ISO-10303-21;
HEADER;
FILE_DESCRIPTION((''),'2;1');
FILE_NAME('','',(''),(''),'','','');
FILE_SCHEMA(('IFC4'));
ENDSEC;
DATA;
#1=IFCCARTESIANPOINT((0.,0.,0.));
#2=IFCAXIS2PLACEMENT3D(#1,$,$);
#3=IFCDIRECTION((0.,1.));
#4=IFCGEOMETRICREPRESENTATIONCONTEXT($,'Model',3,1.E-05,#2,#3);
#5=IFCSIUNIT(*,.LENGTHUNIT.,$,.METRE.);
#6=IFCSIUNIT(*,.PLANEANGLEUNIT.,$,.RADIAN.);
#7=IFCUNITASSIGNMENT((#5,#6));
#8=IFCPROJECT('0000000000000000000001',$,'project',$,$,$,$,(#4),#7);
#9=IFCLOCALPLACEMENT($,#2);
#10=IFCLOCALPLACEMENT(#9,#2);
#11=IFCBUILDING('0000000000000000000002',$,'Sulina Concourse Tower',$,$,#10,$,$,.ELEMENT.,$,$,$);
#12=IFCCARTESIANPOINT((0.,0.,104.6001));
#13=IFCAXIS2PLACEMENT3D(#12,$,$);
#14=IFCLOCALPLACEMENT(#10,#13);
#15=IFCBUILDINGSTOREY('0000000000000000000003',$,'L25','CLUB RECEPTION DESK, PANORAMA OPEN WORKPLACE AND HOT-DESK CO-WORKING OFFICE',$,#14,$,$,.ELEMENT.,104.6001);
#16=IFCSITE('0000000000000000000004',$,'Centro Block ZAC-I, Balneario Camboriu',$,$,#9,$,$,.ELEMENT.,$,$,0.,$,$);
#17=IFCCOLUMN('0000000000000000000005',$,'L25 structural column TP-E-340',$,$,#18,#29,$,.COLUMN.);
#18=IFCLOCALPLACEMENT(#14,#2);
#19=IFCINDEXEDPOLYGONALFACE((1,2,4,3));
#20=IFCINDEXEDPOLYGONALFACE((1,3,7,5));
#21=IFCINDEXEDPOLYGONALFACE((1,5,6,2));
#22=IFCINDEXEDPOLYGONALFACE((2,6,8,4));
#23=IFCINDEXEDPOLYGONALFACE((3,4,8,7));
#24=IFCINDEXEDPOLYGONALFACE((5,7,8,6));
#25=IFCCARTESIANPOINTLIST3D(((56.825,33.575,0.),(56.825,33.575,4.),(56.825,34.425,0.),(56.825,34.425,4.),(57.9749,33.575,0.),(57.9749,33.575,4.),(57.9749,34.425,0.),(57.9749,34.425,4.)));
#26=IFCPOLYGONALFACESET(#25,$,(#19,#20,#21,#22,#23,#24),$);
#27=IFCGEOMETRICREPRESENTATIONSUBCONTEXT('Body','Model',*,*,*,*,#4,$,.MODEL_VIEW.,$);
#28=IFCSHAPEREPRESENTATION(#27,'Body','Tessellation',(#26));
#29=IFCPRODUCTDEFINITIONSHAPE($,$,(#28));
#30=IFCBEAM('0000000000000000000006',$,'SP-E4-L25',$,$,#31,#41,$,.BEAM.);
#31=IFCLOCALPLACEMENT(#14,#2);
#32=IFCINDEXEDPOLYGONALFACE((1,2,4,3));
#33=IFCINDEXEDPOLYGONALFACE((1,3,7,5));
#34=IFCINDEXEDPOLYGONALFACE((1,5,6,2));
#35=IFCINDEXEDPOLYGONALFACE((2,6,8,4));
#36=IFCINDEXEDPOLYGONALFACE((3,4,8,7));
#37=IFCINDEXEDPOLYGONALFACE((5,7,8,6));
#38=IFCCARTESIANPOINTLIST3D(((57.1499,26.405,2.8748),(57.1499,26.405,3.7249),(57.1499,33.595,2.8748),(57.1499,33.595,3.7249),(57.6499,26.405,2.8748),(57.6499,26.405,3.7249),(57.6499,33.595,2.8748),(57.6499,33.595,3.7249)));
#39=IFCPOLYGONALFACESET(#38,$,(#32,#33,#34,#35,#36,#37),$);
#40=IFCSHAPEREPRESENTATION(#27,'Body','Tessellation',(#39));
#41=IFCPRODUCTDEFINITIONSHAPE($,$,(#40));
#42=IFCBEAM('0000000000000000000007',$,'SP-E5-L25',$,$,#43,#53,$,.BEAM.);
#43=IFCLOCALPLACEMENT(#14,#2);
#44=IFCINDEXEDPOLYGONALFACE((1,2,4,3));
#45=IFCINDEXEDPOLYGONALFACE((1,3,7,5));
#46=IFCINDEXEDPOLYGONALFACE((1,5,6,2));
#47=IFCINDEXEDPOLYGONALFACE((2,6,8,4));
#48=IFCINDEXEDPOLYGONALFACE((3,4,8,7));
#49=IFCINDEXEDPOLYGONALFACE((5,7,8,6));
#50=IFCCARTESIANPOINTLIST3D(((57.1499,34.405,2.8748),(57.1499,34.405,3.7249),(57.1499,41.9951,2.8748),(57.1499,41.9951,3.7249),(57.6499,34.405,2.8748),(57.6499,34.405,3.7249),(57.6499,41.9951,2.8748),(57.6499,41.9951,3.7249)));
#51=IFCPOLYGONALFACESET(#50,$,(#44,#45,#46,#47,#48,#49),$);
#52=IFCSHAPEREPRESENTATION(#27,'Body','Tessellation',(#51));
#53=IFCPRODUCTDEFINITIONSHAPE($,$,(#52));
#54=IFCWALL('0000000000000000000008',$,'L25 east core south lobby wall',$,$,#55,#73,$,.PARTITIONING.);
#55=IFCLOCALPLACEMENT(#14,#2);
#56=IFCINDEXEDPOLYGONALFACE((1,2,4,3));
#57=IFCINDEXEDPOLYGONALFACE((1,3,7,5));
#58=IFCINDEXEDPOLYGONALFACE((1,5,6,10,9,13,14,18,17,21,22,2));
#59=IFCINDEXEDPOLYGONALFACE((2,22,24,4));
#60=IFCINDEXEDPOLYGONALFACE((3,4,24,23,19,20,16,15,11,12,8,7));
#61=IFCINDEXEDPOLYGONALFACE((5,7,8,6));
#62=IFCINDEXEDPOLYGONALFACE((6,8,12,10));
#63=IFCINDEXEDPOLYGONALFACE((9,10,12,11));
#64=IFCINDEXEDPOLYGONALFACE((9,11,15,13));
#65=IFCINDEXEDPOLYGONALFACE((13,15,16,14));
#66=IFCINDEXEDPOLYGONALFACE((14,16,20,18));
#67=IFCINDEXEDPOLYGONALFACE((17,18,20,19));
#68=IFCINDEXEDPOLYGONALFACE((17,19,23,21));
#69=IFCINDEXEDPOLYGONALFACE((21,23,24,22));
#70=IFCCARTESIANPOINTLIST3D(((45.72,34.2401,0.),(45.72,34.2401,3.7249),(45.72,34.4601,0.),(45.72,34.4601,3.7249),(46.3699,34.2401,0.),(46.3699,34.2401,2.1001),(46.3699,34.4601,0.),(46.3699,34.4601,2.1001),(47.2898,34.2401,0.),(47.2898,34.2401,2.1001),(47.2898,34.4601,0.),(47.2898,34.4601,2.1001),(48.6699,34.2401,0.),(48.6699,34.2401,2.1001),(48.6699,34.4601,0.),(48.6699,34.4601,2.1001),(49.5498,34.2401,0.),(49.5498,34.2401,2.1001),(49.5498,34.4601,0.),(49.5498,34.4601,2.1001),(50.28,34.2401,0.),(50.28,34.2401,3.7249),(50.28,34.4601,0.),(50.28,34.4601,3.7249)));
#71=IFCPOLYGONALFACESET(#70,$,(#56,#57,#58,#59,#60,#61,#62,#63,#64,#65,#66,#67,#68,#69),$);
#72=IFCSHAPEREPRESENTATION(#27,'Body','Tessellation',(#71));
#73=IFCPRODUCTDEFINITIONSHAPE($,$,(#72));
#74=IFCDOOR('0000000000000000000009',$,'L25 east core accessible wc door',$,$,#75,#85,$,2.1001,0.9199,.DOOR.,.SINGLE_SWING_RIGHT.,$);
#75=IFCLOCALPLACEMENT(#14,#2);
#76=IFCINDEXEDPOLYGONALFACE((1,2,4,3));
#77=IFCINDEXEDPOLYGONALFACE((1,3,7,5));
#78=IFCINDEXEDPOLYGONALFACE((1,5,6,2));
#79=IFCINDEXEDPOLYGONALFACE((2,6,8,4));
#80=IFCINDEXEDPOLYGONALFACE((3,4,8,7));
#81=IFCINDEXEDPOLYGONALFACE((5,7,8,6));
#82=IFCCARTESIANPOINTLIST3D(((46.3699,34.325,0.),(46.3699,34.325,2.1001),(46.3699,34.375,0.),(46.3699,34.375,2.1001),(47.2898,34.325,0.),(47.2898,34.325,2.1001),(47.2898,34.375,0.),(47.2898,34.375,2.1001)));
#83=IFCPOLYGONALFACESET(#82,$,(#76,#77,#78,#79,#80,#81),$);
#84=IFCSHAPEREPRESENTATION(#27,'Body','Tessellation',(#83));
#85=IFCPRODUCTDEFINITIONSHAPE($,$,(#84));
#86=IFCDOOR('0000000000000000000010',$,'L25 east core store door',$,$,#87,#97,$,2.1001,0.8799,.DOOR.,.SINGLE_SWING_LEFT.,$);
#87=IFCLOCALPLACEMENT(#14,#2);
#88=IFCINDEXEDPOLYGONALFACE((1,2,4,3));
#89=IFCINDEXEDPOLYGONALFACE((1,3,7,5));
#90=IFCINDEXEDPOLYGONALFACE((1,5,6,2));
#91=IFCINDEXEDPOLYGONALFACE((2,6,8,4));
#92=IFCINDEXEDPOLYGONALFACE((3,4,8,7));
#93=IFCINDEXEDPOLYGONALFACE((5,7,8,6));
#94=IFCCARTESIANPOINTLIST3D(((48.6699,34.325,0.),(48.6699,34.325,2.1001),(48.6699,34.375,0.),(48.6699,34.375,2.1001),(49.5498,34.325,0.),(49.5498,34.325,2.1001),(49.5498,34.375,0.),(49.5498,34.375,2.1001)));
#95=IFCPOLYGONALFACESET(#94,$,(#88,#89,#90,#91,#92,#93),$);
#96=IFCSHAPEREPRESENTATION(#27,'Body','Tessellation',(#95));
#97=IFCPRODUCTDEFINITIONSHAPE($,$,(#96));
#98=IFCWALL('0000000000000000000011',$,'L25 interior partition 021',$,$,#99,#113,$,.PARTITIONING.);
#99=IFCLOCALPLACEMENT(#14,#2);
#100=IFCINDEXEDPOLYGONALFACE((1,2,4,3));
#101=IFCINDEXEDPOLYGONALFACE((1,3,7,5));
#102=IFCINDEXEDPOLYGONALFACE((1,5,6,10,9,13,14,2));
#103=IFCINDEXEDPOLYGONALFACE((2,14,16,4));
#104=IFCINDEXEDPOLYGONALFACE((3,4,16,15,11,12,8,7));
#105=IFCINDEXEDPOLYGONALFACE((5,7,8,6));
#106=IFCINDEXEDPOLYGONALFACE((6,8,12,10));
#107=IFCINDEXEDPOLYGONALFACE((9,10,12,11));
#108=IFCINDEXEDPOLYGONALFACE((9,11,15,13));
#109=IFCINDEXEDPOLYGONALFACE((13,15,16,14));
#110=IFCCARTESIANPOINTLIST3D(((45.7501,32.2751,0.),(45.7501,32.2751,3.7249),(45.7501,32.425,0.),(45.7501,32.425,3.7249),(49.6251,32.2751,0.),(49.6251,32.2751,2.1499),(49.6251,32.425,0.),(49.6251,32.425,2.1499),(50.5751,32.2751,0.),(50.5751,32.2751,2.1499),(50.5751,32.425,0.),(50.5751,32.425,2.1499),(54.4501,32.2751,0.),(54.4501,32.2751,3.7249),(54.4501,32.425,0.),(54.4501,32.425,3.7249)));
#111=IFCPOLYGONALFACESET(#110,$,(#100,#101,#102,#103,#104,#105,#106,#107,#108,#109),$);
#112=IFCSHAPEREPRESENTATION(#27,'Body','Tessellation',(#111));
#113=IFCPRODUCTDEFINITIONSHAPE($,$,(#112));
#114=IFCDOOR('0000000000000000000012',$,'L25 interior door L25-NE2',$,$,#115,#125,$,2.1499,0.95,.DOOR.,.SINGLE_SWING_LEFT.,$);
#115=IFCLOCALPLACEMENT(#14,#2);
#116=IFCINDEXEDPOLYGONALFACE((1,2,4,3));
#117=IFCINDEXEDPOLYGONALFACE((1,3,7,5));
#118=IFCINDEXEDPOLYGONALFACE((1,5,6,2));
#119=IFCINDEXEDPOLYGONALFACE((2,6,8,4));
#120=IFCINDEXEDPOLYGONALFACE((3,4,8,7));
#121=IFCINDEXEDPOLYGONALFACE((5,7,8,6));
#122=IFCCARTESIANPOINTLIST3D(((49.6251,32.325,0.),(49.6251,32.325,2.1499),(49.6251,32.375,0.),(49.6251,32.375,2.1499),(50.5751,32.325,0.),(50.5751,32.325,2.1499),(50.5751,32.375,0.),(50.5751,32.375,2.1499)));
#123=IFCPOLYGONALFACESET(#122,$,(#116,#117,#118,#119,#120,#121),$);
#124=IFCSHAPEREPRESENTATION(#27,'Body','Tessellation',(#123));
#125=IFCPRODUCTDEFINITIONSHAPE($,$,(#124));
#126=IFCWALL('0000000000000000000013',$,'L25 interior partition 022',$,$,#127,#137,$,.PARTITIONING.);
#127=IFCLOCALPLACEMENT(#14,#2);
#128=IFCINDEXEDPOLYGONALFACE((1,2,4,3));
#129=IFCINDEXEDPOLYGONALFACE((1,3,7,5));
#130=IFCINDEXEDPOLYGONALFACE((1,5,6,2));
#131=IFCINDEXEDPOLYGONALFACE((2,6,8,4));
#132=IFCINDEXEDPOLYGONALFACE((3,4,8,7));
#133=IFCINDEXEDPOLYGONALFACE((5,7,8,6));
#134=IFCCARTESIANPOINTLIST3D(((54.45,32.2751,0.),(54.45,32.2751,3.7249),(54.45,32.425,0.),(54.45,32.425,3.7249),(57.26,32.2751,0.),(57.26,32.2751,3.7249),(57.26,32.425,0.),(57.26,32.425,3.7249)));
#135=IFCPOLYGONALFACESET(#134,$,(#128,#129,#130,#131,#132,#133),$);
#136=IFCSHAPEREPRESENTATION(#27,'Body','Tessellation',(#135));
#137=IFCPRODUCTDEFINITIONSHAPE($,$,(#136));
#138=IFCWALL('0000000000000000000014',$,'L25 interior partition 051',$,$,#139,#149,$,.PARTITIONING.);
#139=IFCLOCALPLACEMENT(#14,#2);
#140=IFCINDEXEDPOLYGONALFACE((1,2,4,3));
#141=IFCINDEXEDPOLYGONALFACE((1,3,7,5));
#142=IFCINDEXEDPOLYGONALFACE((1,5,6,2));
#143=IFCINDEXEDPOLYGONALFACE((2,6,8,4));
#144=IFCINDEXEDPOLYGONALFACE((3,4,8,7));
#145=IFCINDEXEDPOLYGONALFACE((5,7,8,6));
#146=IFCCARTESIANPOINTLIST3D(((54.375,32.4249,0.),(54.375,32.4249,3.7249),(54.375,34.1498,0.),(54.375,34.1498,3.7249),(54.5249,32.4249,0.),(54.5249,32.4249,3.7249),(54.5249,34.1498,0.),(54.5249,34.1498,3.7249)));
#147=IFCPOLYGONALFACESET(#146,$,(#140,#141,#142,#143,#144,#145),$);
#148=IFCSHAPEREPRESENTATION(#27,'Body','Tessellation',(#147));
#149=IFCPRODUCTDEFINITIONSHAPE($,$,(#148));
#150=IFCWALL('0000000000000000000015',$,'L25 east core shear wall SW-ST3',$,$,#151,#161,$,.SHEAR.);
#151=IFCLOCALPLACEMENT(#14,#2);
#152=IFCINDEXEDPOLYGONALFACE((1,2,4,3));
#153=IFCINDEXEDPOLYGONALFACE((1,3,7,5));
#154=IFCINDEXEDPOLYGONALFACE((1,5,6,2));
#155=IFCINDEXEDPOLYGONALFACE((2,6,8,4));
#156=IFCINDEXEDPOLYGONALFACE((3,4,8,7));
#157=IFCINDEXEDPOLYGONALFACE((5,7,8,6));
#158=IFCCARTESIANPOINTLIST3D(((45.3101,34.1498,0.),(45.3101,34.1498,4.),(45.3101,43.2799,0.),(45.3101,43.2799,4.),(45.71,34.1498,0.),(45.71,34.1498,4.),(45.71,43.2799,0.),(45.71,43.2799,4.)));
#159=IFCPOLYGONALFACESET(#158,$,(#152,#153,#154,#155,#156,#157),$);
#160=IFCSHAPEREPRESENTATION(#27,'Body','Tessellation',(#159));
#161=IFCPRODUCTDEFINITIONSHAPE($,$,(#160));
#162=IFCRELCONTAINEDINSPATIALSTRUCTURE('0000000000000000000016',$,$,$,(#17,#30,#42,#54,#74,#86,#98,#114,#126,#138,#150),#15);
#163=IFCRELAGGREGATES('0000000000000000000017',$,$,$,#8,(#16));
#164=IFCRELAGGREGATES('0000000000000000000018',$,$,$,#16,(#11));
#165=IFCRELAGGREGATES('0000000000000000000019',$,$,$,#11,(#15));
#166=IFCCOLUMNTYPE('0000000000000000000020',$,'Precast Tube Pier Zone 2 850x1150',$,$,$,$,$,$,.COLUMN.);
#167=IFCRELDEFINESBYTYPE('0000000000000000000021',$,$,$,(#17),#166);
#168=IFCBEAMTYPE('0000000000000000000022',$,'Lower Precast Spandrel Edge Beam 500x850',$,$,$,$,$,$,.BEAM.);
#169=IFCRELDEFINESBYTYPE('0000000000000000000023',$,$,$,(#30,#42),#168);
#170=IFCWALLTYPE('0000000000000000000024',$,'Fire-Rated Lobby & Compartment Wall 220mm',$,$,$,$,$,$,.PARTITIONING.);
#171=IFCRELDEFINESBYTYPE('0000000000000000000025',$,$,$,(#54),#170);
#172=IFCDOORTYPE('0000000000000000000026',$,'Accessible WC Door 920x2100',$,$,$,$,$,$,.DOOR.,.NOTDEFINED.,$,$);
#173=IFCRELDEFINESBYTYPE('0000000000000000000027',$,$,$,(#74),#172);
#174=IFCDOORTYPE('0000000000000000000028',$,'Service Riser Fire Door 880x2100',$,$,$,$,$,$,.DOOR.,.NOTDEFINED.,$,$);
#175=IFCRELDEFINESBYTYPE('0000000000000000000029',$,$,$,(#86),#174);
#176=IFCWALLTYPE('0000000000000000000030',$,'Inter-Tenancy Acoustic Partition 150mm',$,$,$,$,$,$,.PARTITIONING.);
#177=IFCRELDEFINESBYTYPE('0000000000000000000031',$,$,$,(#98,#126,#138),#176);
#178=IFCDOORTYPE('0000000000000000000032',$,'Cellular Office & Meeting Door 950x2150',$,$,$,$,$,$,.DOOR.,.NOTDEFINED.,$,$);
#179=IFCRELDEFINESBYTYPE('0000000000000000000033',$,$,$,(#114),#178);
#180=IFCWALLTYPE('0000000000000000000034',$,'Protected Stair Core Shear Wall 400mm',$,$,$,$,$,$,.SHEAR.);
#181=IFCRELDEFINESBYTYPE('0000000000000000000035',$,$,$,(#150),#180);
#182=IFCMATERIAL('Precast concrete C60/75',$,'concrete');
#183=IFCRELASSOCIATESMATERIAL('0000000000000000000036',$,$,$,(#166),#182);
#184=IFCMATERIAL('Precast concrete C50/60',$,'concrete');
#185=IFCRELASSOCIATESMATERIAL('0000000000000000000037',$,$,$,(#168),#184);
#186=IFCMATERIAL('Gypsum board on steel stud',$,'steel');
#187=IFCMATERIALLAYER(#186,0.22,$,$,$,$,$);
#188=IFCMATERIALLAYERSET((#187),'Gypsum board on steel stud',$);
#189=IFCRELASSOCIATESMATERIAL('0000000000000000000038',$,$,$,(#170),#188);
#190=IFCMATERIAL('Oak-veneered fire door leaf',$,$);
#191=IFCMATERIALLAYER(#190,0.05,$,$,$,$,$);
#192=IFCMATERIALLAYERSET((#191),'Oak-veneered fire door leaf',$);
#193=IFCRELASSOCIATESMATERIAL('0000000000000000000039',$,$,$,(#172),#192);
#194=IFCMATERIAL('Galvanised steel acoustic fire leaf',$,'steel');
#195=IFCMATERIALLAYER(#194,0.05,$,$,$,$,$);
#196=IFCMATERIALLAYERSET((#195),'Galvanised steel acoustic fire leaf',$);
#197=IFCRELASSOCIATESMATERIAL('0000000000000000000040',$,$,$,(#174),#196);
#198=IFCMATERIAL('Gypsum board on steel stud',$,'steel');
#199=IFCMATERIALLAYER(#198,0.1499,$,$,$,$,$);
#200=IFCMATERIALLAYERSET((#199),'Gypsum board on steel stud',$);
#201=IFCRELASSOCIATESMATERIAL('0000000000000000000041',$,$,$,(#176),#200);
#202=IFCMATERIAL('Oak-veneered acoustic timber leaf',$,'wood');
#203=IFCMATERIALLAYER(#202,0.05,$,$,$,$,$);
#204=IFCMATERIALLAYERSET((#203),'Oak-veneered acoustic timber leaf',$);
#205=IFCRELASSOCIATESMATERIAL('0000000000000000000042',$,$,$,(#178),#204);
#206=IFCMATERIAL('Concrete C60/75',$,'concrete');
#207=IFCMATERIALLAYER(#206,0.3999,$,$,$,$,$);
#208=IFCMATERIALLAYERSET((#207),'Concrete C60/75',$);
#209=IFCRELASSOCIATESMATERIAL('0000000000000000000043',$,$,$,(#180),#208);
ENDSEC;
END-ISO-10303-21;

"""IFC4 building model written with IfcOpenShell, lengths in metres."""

from ifc_helpers import new_model, si_unit, direction, frame, frame_2d, origin, origin_2d, place, context, subcontext, project, spatial, rectangle, extrude, material, layer, layer_set, material_profile, profile_set, type_object, element, fill, save


model = new_model("IFC4")

# Units and contexts
model_context = context("Model", 3, precision=1e-05, world=origin(), true_north=direction((0.0, 1.0)))
body_context = subcontext(model_context, "Body", "Model", "MODEL_VIEW")
ifc_project = project(units=[si_unit("LENGTHUNIT", "METRE"), si_unit("PLANEANGLEUNIT", "RADIAN")], contexts=[model_context])

# Site, building, storey
site_placement = place(None, origin())
site = spatial("IfcSite", under=ifc_project, at=site_placement, Name="Centro Block ZAC-I, Balneario Camboriu", CompositionType="ELEMENT", RefElevation=0.0)
building_placement = place(site_placement, origin())
building = spatial("IfcBuilding", under=site, at=building_placement, Name="Sulina Concourse Tower", CompositionType="ELEMENT")
storey_placement = place(building_placement, frame((0.0, 0.0, 104.6001)))
storey = spatial("IfcBuildingStorey", under=building, at=storey_placement, Name="L25", Description="CLUB RECEPTION DESK, PANORAMA OPEN WORKPLACE AND HOT-DESK CO-WORKING OFFICE", CompositionType="ELEMENT", Elevation=104.6001)

# Column
ifc_material_1 = material(Name="Precast concrete C60/75", Category="concrete")
ifc_material_profile_1 = material_profile(ifc_material_1, rectangle(XDim=0.8501, YDim=1.1499, at=origin_2d()), Name="PC 850x1150")
ifc_profile_set_1 = profile_set([ifc_material_profile_1], Name="Precast concrete C60/75")
column_type = type_object("IfcColumnType", Name="Precast Tube Pier Zone 2 850x1150", PredefinedType="COLUMN", material=ifc_profile_set_1)
column_placement = place(storey_placement, frame((57.3999, 34.0, 0.0), z_axis=(0.0, 0.0, 1.0), x_axis=(0.0, 1.0, 0.0)))
element("IfcColumn", 1, at=column_placement, inside=storey, type_object=column_type, Name="L25 structural column TP-E-340", PredefinedType="COLUMN", context=body_context, shape_type="SweptSolid", body=[
    extrude(rectangle(XDim=0.8501, YDim=1.1499, at=origin_2d()), origin(), (0.0, 0.0, 1.0), 4.0),
])

# Beams
ifc_material_2 = material(Name="Precast concrete C50/60", Category="concrete")
ifc_material_profile_2 = material_profile(ifc_material_2, rectangle(XDim=0.5, YDim=0.8501, at=origin_2d()), Name="RC 500x850")
ifc_profile_set_2 = profile_set([ifc_material_profile_2], Name="Precast concrete C50/60")
beam_type = type_object("IfcBeamType", Name="Lower Precast Spandrel Edge Beam 500x850", PredefinedType="BEAM", material=ifc_profile_set_2)
beam_1_placement = place(storey_placement, frame((57.3999, 26.405, 3.2998), z_axis=(0.0, 1.0, 0.0), x_axis=(-1.0, 0.0, 0.0)))
element("IfcBeam", 2, at=beam_1_placement, inside=storey, type_object=beam_type, Name="SP-E4-L25", PredefinedType="BEAM", context=body_context, shape_type="SweptSolid", body=[
    extrude(rectangle(XDim=0.5, YDim=0.8501, at=origin_2d()), origin(), (0.0, 0.0, 1.0), 7.1899),
])
beam_2_placement = place(storey_placement, frame((57.3999, 34.405, 3.2998), z_axis=(0.0, 1.0, 0.0), x_axis=(-1.0, 0.0, 0.0)))
element("IfcBeam", 3, at=beam_2_placement, inside=storey, type_object=beam_type, Name="SP-E5-L25", PredefinedType="BEAM", context=body_context, shape_type="SweptSolid", body=[
    extrude(rectangle(XDim=0.5, YDim=0.8501, at=origin_2d()), origin(), (0.0, 0.0, 1.0), 7.5901),
])

# Wall, openings, doors
ifc_material_3 = material(Name="Gypsum board on steel stud", Category="steel")
ifc_layer_1 = layer(ifc_material_3, 0.22)
ifc_layer_set_1 = layer_set([ifc_layer_1], Name="Gypsum board on steel stud")
wall_type_1 = type_object("IfcWallType", Name="Fire-Rated Lobby & Compartment Wall 220mm", PredefinedType="PARTITIONING", material=ifc_layer_set_1)
wall_1_placement = place(storey_placement, frame((45.72, 34.3501, 0.0), z_axis=(0.0, 0.0, 1.0), x_axis=(1.0, 0.0, 0.0)))
wall_1 = element("IfcWall", 4, at=wall_1_placement, inside=storey, type_object=wall_type_1, Name="L25 east core south lobby wall", PredefinedType="PARTITIONING", context=body_context, shape_type="SweptSolid", body=[
    extrude(rectangle(XDim=4.5601, YDim=0.22, at=frame_2d((2.28, 0.0))), origin(), (0.0, 0.0, 1.0), 3.7249),
])
opening_1_placement = place(wall_1_placement, frame((0.6499, 0.0, 0.0)))
opening_1 = element("IfcOpeningElement", 5, at=opening_1_placement, cuts=wall_1, PredefinedType="OPENING", context=body_context, shape_type="SweptSolid", body=[
    extrude(rectangle(XDim=0.9199, YDim=2.1001, at=frame_2d((0.46, 1.05))), frame((0.0, 0.1199, 0.0), z_axis=(0.0, -1.0, 0.0), x_axis=(1.0, 0.0, 0.0)), (0.0, 0.0, 1.0), 0.24),
])
opening_2_placement = place(wall_1_placement, frame((2.95, 0.0, 0.0)))
opening_2 = element("IfcOpeningElement", 6, at=opening_2_placement, cuts=wall_1, PredefinedType="OPENING", context=body_context, shape_type="SweptSolid", body=[
    extrude(rectangle(XDim=0.8799, YDim=2.1001, at=frame_2d((0.4399, 1.05))), frame((0.0, 0.1199, 0.0), z_axis=(0.0, -1.0, 0.0), x_axis=(1.0, 0.0, 0.0)), (0.0, 0.0, 1.0), 0.24),
])
ifc_material_4 = material(Name="Oak-veneered fire door leaf")
ifc_layer_2 = layer(ifc_material_4, 0.05)
ifc_layer_set_2 = layer_set([ifc_layer_2], Name="Oak-veneered fire door leaf")
door_type_1 = type_object("IfcDoorType", Name="Accessible WC Door 920x2100", OperationType="NOTDEFINED", PredefinedType="DOOR", material=ifc_layer_set_2)
door_1_placement = place(opening_1_placement, origin())
door_1 = element("IfcDoor", 7, at=door_1_placement, inside=storey, type_object=door_type_1, Name="L25 east core accessible wc door", OperationType="SINGLE_SWING_RIGHT", OverallHeight=2.1001, OverallWidth=0.9199, PredefinedType="DOOR", context=body_context, shape_type="SweptSolid", body=[
    extrude(rectangle(XDim=0.9199, YDim=2.1001, at=frame_2d((0.46, 1.05))), frame((0.0, 0.0249, 0.0), z_axis=(0.0, -1.0, 0.0), x_axis=(1.0, 0.0, 0.0)), (0.0, 0.0, 1.0), 0.05),
])
fill(opening_1, door_1)
ifc_material_5 = material(Name="Galvanised steel acoustic fire leaf", Category="steel")
ifc_layer_3 = layer(ifc_material_5, 0.05)
ifc_layer_set_3 = layer_set([ifc_layer_3], Name="Galvanised steel acoustic fire leaf")
door_type_2 = type_object("IfcDoorType", Name="Service Riser Fire Door 880x2100", OperationType="NOTDEFINED", PredefinedType="DOOR", material=ifc_layer_set_3)
door_2_placement = place(opening_2_placement, origin())
door_2 = element("IfcDoor", 8, at=door_2_placement, inside=storey, type_object=door_type_2, Name="L25 east core store door", OperationType="SINGLE_SWING_LEFT", OverallHeight=2.1001, OverallWidth=0.8799, PredefinedType="DOOR", context=body_context, shape_type="SweptSolid", body=[
    extrude(rectangle(XDim=0.8799, YDim=2.1001, at=frame_2d((0.4399, 1.05))), frame((0.0, 0.0249, 0.0), z_axis=(0.0, -1.0, 0.0), x_axis=(1.0, 0.0, 0.0)), (0.0, 0.0, 1.0), 0.05),
])
fill(opening_2, door_2)

# Wall, opening, door
ifc_material_6 = material(Name="Gypsum board on steel stud", Category="steel")
ifc_layer_4 = layer(ifc_material_6, 0.1499)
ifc_layer_set_4 = layer_set([ifc_layer_4], Name="Gypsum board on steel stud")
wall_type_2 = type_object("IfcWallType", Name="Inter-Tenancy Acoustic Partition 150mm", PredefinedType="PARTITIONING", material=ifc_layer_set_4)
wall_2_placement = place(storey_placement, frame((45.75, 32.3501, 0.0), z_axis=(0.0, 0.0, 1.0), x_axis=(1.0, 0.0, 0.0)))
wall_2 = element("IfcWall", 9, at=wall_2_placement, inside=storey, type_object=wall_type_2, Name="L25 interior partition 021", PredefinedType="PARTITIONING", context=body_context, shape_type="SweptSolid", body=[
    extrude(rectangle(XDim=8.7, YDim=0.1499, at=frame_2d((4.3501, 0.0))), origin(), (0.0, 0.0, 1.0), 3.7249),
])
opening_3_placement = place(wall_2_placement, frame((3.875, 0.0, 0.0)))
opening_3 = element("IfcOpeningElement", 10, at=opening_3_placement, cuts=wall_2, PredefinedType="OPENING", context=body_context, shape_type="SweptSolid", body=[
    extrude(rectangle(XDim=0.95, YDim=2.1499, at=frame_2d((0.4751, 1.075))), frame((0.0, 0.085, 0.0), z_axis=(0.0, -1.0, 0.0), x_axis=(1.0, 0.0, 0.0)), (0.0, 0.0, 1.0), 0.1699),
])
ifc_material_7 = material(Name="Oak-veneered acoustic timber leaf", Category="wood")
ifc_layer_5 = layer(ifc_material_7, 0.05)
ifc_layer_set_5 = layer_set([ifc_layer_5], Name="Oak-veneered acoustic timber leaf")
door_type_3 = type_object("IfcDoorType", Name="Cellular Office & Meeting Door 950x2150", OperationType="NOTDEFINED", PredefinedType="DOOR", material=ifc_layer_set_5)
door_3_placement = place(opening_3_placement, origin())
door_3 = element("IfcDoor", 11, at=door_3_placement, inside=storey, type_object=door_type_3, Name="L25 interior door L25-NE2", OperationType="SINGLE_SWING_LEFT", OverallHeight=2.1499, OverallWidth=0.95, PredefinedType="DOOR", context=body_context, shape_type="SweptSolid", body=[
    extrude(rectangle(XDim=0.95, YDim=2.1499, at=frame_2d((0.4751, 1.075))), frame((0.0, 0.0249, 0.0), z_axis=(0.0, -1.0, 0.0), x_axis=(1.0, 0.0, 0.0)), (0.0, 0.0, 1.0), 0.05),
])
fill(opening_3, door_3)

# Walls
wall_3_placement = place(storey_placement, frame((54.45, 32.3501, 0.0), z_axis=(0.0, 0.0, 1.0), x_axis=(1.0, 0.0, 0.0)))
element("IfcWall", 12, at=wall_3_placement, inside=storey, type_object=wall_type_2, Name="L25 interior partition 022", PredefinedType="PARTITIONING", context=body_context, shape_type="SweptSolid", body=[
    extrude(rectangle(XDim=2.8101, YDim=0.1499, at=frame_2d((1.405, 0.0))), origin(), (0.0, 0.0, 1.0), 3.7249),
])
wall_4_placement = place(storey_placement, frame((54.45, 32.425, 0.0), z_axis=(0.0, 0.0, 1.0), x_axis=(0.0, 1.0, 0.0)))
element("IfcWall", 13, at=wall_4_placement, inside=storey, type_object=wall_type_2, Name="L25 interior partition 051", PredefinedType="PARTITIONING", context=body_context, shape_type="SweptSolid", body=[
    extrude(rectangle(XDim=1.7249, YDim=0.1499, at=frame_2d((0.8623, 0.0))), origin(), (0.0, 0.0, 1.0), 3.7249),
])
ifc_material_8 = material(Name="Concrete C60/75", Category="concrete")
ifc_layer_6 = layer(ifc_material_8, 0.3999)
ifc_layer_set_6 = layer_set([ifc_layer_6], Name="Concrete C60/75")
wall_type_3 = type_object("IfcWallType", Name="Protected Stair Core Shear Wall 400mm", PredefinedType="SHEAR", material=ifc_layer_set_6)
wall_5_placement = place(storey_placement, frame((45.51, 34.1499, 0.0), z_axis=(0.0, 0.0, 1.0), x_axis=(0.0, 1.0, 0.0)))
element("IfcWall", 14, at=wall_5_placement, inside=storey, type_object=wall_type_3, Name="L25 east core shear wall SW-ST3", PredefinedType="SHEAR", context=body_context, shape_type="SweptSolid", body=[
    extrude(rectangle(XDim=9.1301, YDim=0.3999, at=frame_2d((4.5649, 0.0))), origin(), (0.0, 0.0, 1.0), 4.0),
])

save(model, "model.ifc")
